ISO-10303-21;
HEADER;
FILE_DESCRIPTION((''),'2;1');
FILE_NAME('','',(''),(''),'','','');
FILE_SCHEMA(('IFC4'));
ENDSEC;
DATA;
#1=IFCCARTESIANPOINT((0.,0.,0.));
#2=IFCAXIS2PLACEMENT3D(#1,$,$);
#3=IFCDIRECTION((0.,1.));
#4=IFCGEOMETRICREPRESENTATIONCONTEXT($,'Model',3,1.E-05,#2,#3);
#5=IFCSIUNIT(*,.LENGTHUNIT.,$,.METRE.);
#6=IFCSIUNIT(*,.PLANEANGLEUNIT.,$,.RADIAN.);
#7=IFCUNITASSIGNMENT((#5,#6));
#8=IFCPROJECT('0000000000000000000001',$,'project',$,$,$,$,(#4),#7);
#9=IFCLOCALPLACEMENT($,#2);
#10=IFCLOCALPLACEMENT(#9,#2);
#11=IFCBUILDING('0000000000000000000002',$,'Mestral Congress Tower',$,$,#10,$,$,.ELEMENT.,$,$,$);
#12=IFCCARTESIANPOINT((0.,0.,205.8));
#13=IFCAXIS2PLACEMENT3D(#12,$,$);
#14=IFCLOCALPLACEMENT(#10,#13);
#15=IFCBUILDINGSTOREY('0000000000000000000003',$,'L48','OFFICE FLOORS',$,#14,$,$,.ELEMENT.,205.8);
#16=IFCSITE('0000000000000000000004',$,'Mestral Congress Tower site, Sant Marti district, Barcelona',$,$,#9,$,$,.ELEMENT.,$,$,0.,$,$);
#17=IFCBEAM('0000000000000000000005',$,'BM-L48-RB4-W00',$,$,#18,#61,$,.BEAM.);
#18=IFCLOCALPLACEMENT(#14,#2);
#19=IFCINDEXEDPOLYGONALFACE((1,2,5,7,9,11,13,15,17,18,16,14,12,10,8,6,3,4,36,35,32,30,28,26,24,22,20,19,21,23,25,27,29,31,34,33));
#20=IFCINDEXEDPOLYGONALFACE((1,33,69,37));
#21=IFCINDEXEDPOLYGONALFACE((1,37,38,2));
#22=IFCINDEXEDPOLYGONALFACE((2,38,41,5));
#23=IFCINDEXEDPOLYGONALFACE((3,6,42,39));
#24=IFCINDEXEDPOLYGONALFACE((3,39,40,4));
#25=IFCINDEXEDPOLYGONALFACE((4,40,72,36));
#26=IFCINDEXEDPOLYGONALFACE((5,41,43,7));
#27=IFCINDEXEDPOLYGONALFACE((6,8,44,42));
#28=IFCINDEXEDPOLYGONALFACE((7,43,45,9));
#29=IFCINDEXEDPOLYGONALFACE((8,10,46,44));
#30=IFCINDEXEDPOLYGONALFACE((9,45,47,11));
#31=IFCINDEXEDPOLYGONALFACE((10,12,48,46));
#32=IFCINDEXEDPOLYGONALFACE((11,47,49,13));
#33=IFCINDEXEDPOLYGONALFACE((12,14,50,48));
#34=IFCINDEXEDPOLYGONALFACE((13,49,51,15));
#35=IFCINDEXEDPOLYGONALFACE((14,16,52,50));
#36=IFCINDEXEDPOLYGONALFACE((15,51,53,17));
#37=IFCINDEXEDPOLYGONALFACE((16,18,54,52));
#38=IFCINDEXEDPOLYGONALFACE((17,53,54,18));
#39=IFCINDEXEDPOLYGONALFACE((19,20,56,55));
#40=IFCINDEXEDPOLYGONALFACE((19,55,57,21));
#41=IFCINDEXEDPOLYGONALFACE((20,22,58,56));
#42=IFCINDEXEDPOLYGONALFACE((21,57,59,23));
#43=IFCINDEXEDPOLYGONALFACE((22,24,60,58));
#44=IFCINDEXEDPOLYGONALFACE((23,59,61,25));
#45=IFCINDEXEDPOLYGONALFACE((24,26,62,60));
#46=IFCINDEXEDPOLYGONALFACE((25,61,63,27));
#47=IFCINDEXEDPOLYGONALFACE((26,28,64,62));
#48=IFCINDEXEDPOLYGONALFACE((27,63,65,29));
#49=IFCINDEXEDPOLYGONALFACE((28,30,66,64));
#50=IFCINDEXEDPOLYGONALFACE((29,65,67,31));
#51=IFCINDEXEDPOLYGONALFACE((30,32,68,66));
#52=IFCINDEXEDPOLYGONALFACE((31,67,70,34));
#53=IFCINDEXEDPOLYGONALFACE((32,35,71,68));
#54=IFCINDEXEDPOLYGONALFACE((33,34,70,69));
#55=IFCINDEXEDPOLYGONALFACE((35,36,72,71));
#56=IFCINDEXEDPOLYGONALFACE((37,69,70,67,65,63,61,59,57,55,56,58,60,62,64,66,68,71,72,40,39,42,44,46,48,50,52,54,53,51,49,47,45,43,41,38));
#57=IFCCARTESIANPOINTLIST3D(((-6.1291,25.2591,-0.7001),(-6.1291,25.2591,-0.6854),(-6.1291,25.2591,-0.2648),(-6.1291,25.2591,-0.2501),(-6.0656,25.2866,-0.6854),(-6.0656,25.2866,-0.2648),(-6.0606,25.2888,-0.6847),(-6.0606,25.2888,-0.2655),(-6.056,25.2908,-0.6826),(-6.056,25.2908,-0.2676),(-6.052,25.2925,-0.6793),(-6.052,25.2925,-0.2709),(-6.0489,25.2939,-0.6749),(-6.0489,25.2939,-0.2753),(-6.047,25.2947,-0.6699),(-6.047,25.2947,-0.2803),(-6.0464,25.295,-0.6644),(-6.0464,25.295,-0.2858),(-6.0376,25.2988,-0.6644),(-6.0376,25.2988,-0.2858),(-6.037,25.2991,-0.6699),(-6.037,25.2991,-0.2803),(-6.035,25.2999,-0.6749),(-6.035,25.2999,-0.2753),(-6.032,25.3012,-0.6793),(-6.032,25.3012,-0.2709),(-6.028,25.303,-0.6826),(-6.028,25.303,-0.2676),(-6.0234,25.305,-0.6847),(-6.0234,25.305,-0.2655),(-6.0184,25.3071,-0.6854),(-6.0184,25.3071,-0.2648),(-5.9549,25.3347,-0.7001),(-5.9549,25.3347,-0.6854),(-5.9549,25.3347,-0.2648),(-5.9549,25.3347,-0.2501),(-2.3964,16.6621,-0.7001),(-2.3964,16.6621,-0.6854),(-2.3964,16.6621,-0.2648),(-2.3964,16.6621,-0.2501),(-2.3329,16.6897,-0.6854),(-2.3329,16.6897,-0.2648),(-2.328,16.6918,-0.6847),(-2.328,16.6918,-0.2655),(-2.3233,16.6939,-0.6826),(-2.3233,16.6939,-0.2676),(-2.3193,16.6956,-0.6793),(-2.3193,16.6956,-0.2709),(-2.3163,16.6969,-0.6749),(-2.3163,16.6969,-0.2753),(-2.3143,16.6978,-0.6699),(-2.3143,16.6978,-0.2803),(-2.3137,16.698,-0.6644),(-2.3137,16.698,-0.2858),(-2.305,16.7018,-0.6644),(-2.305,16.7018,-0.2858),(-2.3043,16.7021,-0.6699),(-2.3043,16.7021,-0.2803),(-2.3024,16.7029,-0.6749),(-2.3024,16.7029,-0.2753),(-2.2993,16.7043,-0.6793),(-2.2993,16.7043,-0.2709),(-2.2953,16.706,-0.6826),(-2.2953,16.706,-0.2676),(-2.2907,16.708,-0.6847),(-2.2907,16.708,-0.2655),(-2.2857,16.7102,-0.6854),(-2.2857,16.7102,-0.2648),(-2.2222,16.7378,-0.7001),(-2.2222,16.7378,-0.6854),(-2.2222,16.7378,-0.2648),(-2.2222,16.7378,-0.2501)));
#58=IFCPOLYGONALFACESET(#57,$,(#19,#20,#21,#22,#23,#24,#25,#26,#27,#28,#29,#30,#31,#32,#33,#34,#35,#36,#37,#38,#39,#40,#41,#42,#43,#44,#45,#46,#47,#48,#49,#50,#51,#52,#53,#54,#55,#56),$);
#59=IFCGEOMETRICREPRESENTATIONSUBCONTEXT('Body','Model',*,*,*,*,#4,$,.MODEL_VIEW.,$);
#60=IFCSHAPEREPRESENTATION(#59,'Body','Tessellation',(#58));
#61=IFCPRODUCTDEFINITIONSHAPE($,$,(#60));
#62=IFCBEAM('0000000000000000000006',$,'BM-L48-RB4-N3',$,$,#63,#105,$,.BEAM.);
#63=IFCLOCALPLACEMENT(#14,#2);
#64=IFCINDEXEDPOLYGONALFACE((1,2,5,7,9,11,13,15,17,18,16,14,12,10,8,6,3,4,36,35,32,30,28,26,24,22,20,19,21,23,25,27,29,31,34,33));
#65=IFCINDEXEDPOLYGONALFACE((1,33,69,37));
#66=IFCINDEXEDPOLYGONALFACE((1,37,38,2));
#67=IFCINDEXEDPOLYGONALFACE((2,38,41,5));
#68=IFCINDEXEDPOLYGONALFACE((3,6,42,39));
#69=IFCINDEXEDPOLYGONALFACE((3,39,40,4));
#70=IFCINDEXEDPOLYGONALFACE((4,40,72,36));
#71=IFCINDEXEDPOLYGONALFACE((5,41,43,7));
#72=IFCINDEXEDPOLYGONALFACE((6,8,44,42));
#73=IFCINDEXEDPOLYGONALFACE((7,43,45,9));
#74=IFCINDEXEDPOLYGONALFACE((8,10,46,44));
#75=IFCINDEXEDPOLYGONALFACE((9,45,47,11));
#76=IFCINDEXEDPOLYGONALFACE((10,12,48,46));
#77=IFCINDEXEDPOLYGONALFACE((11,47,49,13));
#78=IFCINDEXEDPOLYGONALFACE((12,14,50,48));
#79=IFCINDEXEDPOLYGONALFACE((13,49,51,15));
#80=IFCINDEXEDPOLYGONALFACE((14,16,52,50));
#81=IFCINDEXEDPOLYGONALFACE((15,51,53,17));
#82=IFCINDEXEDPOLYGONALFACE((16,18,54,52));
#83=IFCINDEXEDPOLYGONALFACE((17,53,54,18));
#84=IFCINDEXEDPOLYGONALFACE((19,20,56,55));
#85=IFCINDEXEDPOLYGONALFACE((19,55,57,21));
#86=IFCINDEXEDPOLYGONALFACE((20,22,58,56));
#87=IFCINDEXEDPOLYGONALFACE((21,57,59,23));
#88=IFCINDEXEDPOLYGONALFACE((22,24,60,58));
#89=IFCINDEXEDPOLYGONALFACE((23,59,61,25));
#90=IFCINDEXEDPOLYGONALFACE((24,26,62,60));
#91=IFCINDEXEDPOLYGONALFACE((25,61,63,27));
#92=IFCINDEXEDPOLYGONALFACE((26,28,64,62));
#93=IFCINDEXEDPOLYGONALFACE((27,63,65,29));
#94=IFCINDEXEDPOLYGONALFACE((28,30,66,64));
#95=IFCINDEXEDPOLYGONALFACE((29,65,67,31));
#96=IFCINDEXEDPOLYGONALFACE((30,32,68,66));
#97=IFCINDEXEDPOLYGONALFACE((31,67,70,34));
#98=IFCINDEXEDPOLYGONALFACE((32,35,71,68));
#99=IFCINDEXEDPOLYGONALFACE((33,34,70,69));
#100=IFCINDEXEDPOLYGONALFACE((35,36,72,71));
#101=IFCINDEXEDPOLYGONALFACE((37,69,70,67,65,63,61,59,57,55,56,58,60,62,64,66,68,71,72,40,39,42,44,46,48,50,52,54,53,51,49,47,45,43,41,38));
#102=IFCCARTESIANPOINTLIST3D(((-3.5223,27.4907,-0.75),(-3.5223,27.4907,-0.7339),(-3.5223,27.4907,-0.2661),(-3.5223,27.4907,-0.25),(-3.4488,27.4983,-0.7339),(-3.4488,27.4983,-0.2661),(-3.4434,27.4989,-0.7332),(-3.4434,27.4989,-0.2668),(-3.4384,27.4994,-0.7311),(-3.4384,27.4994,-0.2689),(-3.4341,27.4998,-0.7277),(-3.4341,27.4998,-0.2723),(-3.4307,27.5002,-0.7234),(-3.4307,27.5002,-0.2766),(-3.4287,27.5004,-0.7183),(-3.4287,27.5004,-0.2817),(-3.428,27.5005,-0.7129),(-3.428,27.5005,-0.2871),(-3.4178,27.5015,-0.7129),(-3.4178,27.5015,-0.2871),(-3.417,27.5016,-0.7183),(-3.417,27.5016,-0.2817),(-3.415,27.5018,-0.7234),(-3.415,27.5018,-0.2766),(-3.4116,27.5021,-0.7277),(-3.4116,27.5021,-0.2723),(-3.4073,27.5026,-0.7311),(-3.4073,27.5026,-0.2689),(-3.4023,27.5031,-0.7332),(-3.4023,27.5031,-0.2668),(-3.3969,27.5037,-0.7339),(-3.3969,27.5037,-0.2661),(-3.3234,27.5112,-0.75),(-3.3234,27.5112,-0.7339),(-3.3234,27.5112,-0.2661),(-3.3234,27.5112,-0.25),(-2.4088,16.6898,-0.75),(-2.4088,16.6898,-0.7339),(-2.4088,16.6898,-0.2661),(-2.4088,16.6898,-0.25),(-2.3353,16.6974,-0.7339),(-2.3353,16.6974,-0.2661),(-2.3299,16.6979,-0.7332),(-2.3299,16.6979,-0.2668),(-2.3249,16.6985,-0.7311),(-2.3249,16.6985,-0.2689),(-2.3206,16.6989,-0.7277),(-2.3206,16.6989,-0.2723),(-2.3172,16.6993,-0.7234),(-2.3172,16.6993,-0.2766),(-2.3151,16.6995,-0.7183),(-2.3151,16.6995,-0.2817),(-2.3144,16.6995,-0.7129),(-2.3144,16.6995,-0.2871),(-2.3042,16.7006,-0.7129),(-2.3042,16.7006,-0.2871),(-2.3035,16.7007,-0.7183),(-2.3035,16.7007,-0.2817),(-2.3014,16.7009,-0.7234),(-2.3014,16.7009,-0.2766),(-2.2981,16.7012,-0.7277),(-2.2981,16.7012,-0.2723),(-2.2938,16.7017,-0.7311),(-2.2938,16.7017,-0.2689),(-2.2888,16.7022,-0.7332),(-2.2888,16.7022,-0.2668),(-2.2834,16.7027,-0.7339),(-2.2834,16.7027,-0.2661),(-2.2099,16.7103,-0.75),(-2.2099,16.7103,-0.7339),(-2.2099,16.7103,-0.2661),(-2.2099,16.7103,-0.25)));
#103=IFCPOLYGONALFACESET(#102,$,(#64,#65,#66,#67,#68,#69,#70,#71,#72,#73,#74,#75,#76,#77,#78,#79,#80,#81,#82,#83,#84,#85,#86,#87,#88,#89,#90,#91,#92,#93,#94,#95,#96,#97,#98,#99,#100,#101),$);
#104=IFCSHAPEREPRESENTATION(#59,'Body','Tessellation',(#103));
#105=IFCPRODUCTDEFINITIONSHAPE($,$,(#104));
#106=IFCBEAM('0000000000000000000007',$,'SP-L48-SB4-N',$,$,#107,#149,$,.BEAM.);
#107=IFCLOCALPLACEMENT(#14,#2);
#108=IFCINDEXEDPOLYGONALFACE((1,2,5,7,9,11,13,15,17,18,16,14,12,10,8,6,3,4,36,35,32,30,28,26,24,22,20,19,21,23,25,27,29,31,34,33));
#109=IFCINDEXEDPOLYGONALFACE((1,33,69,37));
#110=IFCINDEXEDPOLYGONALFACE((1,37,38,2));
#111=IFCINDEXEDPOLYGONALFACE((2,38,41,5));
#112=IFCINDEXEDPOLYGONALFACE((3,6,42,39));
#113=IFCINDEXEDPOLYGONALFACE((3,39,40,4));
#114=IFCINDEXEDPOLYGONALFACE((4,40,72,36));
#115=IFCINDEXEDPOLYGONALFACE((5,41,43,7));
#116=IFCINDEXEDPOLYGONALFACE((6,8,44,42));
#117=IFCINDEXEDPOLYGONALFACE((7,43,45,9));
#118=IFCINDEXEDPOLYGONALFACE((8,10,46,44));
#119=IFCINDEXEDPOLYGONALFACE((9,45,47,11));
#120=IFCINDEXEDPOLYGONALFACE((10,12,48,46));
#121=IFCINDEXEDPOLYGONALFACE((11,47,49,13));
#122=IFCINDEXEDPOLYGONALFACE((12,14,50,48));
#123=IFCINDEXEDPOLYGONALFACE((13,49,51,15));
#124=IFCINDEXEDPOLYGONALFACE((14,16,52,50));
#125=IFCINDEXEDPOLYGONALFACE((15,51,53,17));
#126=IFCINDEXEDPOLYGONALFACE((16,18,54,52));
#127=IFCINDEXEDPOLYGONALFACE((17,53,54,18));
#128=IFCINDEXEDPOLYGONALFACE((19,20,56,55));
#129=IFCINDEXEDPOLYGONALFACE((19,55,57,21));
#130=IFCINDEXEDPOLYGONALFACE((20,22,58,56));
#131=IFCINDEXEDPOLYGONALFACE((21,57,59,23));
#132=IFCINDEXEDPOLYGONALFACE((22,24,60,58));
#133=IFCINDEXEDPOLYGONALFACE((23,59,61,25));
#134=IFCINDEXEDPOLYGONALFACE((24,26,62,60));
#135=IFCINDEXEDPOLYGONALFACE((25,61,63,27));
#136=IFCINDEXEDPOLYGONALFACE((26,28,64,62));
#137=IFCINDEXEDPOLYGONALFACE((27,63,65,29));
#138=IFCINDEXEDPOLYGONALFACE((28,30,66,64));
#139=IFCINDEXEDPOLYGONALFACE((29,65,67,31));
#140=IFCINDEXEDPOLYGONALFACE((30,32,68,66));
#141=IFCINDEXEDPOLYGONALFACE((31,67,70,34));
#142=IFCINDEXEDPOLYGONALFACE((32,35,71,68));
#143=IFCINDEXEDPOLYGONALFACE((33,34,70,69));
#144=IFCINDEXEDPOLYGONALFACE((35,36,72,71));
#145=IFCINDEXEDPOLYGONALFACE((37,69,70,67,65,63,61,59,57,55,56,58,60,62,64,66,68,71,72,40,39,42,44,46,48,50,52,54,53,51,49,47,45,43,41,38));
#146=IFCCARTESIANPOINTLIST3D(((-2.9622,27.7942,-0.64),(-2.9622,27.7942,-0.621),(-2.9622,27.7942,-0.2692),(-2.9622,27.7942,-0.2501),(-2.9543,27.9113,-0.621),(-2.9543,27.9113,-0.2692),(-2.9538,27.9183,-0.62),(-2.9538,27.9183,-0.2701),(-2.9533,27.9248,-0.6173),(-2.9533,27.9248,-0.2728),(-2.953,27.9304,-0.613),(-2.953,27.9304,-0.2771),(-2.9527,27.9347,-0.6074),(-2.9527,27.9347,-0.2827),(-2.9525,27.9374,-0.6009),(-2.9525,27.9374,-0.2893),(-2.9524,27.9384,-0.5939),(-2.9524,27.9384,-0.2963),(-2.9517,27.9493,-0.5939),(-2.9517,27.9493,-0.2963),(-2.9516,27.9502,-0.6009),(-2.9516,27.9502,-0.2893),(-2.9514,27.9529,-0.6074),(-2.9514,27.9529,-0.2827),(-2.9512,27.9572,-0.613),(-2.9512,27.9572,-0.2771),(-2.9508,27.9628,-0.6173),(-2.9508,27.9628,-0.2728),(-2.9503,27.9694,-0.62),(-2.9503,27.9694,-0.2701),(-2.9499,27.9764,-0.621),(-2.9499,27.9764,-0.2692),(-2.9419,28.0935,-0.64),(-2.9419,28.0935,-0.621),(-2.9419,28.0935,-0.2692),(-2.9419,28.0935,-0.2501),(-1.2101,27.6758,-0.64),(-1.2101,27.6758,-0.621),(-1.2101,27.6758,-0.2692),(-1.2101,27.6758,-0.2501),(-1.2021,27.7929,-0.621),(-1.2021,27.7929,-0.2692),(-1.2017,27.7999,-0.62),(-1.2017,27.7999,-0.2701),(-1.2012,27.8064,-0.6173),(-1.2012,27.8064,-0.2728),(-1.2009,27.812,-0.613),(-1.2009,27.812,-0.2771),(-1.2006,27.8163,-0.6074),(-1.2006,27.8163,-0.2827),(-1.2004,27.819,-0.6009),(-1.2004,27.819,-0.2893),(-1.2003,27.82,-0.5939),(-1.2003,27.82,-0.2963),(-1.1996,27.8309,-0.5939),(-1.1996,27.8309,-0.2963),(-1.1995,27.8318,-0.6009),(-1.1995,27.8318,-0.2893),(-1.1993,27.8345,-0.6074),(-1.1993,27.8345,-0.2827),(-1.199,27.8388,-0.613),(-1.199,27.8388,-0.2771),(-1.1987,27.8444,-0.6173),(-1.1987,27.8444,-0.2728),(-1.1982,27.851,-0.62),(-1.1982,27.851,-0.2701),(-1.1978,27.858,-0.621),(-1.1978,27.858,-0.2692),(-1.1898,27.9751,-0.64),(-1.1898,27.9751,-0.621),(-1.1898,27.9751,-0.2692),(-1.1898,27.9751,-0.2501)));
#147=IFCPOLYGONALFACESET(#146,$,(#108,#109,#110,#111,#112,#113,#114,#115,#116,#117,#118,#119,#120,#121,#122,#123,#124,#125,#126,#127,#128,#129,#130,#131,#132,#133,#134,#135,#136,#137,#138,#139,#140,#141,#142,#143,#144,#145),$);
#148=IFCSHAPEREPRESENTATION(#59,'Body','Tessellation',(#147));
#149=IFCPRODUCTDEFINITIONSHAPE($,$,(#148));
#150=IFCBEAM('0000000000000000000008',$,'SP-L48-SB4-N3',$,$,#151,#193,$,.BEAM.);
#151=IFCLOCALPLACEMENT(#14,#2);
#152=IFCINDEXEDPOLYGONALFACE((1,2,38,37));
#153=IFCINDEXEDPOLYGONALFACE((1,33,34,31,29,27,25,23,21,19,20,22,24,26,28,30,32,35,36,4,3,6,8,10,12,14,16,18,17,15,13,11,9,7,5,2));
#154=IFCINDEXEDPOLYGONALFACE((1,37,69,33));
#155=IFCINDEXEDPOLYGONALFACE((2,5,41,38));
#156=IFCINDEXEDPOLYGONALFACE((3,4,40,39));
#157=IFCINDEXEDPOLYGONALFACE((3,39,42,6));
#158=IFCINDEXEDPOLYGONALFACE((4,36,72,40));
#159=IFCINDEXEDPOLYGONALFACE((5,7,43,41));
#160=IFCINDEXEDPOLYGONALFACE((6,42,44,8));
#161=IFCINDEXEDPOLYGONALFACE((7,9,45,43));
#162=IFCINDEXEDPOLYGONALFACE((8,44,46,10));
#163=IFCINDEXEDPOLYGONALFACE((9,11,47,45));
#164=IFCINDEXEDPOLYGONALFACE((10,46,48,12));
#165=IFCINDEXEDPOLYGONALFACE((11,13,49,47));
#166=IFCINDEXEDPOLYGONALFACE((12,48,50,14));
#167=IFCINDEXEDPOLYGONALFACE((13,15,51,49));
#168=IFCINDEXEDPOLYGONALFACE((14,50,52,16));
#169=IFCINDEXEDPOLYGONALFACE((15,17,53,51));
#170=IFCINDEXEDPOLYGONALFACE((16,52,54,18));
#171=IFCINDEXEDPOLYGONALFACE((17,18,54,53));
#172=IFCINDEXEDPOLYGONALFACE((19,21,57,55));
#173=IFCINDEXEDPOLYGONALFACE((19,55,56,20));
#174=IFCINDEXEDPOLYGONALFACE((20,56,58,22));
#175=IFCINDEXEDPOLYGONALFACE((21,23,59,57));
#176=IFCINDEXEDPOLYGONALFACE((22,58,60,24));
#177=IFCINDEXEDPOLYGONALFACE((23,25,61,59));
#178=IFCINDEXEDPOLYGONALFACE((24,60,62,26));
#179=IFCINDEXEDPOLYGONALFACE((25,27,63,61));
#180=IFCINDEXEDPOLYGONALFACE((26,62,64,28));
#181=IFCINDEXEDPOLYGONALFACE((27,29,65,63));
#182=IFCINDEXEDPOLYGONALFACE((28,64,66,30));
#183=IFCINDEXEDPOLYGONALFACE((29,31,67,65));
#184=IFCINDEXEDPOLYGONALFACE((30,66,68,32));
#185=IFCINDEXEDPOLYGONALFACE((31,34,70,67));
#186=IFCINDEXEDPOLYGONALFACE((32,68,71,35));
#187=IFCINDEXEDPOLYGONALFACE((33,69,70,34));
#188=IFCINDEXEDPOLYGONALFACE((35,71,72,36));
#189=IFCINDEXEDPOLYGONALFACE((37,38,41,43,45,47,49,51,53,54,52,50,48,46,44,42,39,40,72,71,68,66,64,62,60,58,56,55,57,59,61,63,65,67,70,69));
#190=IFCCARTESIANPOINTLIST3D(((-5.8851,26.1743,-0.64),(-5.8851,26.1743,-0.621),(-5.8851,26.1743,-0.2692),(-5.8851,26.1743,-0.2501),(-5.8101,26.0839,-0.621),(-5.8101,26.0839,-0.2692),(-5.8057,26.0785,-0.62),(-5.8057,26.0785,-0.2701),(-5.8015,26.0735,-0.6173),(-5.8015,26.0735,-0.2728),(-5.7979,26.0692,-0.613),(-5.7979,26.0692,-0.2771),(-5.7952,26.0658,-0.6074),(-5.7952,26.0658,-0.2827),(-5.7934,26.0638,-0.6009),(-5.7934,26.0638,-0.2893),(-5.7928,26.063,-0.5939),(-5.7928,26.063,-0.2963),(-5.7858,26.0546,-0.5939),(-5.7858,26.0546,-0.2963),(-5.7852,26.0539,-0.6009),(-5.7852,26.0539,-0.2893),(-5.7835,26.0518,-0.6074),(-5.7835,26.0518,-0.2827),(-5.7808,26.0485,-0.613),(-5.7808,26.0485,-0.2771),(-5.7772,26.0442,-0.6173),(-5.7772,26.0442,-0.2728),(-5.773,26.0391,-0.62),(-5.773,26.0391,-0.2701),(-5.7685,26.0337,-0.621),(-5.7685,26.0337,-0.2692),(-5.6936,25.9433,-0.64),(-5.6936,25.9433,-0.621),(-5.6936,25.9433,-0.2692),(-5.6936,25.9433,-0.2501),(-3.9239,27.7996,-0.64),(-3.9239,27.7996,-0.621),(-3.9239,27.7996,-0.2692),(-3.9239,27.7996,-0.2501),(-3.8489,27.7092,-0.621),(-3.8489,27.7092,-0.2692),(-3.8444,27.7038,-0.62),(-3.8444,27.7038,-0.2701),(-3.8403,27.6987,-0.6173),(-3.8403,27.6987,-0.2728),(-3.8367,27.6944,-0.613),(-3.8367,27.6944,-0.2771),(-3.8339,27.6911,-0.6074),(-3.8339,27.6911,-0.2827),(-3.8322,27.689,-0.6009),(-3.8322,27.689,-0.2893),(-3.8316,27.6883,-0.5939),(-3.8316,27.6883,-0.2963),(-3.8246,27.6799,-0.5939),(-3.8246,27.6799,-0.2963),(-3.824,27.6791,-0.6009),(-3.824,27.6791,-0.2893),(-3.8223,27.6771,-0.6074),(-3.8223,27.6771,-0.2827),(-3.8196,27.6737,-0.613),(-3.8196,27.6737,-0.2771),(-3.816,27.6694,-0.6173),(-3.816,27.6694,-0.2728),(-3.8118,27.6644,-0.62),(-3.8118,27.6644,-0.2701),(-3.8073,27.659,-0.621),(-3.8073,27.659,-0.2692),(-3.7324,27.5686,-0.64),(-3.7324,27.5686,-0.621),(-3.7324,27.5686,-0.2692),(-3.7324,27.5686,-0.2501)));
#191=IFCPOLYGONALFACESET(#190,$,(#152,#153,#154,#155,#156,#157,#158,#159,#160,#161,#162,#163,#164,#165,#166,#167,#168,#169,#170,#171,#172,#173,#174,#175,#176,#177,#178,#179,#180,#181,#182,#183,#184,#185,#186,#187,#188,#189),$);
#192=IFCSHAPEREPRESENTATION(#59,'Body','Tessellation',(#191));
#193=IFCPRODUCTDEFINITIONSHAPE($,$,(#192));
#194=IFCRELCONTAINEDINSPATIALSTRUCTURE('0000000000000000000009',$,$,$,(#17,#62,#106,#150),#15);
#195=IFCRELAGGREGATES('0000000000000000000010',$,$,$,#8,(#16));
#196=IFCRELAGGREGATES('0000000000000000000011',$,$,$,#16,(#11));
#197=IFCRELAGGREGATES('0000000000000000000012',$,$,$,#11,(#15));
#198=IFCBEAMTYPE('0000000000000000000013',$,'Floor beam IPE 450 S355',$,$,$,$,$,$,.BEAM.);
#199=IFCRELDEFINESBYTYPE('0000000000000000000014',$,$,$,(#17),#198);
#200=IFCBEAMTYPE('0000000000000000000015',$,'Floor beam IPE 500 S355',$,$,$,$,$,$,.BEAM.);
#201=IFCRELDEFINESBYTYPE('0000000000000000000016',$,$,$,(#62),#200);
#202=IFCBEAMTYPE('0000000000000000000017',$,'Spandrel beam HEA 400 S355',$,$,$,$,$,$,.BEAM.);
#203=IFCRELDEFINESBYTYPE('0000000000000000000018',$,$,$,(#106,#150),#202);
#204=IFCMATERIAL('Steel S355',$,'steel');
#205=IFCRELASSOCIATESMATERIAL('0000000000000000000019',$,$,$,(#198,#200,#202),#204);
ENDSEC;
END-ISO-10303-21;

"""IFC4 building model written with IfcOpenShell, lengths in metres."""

from ifc_helpers import new_model, si_unit, direction, frame, origin, origin_2d, place, context, subcontext, project, spatial, i_section, extrude, material, material_profile, profile_set, type_object, element, save


model = new_model("IFC4")

# Units and contexts
model_context = context("Model", 3, precision=1e-05, world=origin(), true_north=direction((0.0, 1.0)))
body_context = subcontext(model_context, "Body", "Model", "MODEL_VIEW")
ifc_project = project(units=[si_unit("LENGTHUNIT", "METRE"), si_unit("PLANEANGLEUNIT", "RADIAN")], contexts=[model_context])

# Site, building, storey
site_placement = place(None, origin())
site = spatial("IfcSite", under=ifc_project, at=site_placement, Name="Mestral Congress Tower site, Sant Marti district, Barcelona", CompositionType="ELEMENT", RefElevation=0.0)
building_placement = place(site_placement, origin())
building = spatial("IfcBuilding", under=site, at=building_placement, Name="Mestral Congress Tower", CompositionType="ELEMENT")
storey_placement = place(building_placement, frame((0.0, 0.0, 205.8)))
storey = spatial("IfcBuildingStorey", under=building, at=storey_placement, Name="L48", Description="OFFICE FLOORS", CompositionType="ELEMENT", Elevation=205.8)

# Beams
ifc_material_1 = material(Name="Steel S355", Category="steel")
ifc_material_profile_1 = material_profile(ifc_material_1, i_section(OverallWidth=0.1899, OverallDepth=0.45, WebThickness=0.0095, FlangeThickness=0.0146, FilletRadius=0.021, at=origin_2d()), Name="IPE 450")
ifc_profile_set_1 = profile_set([ifc_material_profile_1], Name="Steel S355")
beam_type_1 = type_object("IfcBeamType", Name="Floor beam IPE 450 S355", PredefinedType="BEAM", material=ifc_profile_set_1)
beam_1_placement = place(storey_placement, frame((-6.042, 25.2969, -0.4751), z_axis=(0.398266, -0.91727, 0.0), x_axis=(0.91727, 0.398266, 0.0)))
element("IfcBeam", 1, at=beam_1_placement, inside=storey, type_object=beam_type_1, Name="BM-L48-RB4-W00", PredefinedType="BEAM", context=body_context, shape_type="SweptSolid", body=[
    extrude(i_section(OverallWidth=0.1899, OverallDepth=0.45, WebThickness=0.0095, FlangeThickness=0.0146, FilletRadius=0.021, at=origin_2d()), origin(), (0.0, 0.0, 1.0), 9.3723),
])
ifc_material_profile_2 = material_profile(ifc_material_1, i_section(OverallWidth=0.2, OverallDepth=0.5, WebThickness=0.0103, FlangeThickness=0.0161, FilletRadius=0.021, at=origin_2d()), Name="IPE 500")
ifc_profile_set_2 = profile_set([ifc_material_profile_2], Name="Steel S355")
beam_type_2 = type_object("IfcBeamType", Name="Floor beam IPE 500 S355", PredefinedType="BEAM", material=ifc_profile_set_2)
beam_2_placement = place(storey_placement, frame((-3.4229, 27.501, -0.5), z_axis=(0.102551, -0.994728, 0.0), x_axis=(0.994728, 0.102551, 0.0)))
element("IfcBeam", 2, at=beam_2_placement, inside=storey, type_object=beam_type_2, Name="BM-L48-RB4-N3", PredefinedType="BEAM", context=body_context, shape_type="SweptSolid", body=[
    extrude(i_section(OverallWidth=0.2, OverallDepth=0.5, WebThickness=0.0103, FlangeThickness=0.0161, FilletRadius=0.021, at=origin_2d()), origin(), (0.0, 0.0, 1.0), 10.8582),
])
ifc_material_profile_3 = material_profile(ifc_material_1, i_section(OverallWidth=0.3, OverallDepth=0.3899, WebThickness=0.011, FlangeThickness=0.019, FilletRadius=0.0271, at=origin_2d()), Name="HEA 400")
ifc_profile_set_3 = profile_set([ifc_material_profile_3], Name="Steel S355")
beam_type_3 = type_object("IfcBeamType", Name="Spandrel beam HEA 400 S355", PredefinedType="BEAM", material=ifc_profile_set_3)
beam_3_placement = place(storey_placement, frame((-1.2, 27.8254, -0.4451), z_axis=(-0.997724, 0.067423, 0.0), x_axis=(-0.067423, -0.997724, 0.0)))
element("IfcBeam", 3, at=beam_3_placement, inside=storey, type_object=beam_type_3, Name="SP-L48-SB4-N", PredefinedType="BEAM", context=body_context, shape_type="SweptSolid", body=[
    extrude(i_section(OverallWidth=0.3, OverallDepth=0.3899, WebThickness=0.011, FlangeThickness=0.019, FilletRadius=0.0271, at=origin_2d()), origin(), (0.0, 0.0, 1.0), 1.7561),
])
beam_4_placement = place(storey_placement, frame((-3.8281, 27.6841, -0.4451), z_axis=(-0.76997, -0.63808, 0.0), x_axis=(0.63808, -0.76997, 0.0)))
element("IfcBeam", 4, at=beam_4_placement, inside=storey, type_object=beam_type_3, Name="SP-L48-SB4-N3", PredefinedType="BEAM", context=body_context, shape_type="SweptSolid", body=[
    extrude(i_section(OverallWidth=0.3, OverallDepth=0.3899, WebThickness=0.011, FlangeThickness=0.019, FilletRadius=0.0271, at=origin_2d()), origin(), (0.0, 0.0, 1.0), 2.5471),
])

save(model, "model.ifc")
